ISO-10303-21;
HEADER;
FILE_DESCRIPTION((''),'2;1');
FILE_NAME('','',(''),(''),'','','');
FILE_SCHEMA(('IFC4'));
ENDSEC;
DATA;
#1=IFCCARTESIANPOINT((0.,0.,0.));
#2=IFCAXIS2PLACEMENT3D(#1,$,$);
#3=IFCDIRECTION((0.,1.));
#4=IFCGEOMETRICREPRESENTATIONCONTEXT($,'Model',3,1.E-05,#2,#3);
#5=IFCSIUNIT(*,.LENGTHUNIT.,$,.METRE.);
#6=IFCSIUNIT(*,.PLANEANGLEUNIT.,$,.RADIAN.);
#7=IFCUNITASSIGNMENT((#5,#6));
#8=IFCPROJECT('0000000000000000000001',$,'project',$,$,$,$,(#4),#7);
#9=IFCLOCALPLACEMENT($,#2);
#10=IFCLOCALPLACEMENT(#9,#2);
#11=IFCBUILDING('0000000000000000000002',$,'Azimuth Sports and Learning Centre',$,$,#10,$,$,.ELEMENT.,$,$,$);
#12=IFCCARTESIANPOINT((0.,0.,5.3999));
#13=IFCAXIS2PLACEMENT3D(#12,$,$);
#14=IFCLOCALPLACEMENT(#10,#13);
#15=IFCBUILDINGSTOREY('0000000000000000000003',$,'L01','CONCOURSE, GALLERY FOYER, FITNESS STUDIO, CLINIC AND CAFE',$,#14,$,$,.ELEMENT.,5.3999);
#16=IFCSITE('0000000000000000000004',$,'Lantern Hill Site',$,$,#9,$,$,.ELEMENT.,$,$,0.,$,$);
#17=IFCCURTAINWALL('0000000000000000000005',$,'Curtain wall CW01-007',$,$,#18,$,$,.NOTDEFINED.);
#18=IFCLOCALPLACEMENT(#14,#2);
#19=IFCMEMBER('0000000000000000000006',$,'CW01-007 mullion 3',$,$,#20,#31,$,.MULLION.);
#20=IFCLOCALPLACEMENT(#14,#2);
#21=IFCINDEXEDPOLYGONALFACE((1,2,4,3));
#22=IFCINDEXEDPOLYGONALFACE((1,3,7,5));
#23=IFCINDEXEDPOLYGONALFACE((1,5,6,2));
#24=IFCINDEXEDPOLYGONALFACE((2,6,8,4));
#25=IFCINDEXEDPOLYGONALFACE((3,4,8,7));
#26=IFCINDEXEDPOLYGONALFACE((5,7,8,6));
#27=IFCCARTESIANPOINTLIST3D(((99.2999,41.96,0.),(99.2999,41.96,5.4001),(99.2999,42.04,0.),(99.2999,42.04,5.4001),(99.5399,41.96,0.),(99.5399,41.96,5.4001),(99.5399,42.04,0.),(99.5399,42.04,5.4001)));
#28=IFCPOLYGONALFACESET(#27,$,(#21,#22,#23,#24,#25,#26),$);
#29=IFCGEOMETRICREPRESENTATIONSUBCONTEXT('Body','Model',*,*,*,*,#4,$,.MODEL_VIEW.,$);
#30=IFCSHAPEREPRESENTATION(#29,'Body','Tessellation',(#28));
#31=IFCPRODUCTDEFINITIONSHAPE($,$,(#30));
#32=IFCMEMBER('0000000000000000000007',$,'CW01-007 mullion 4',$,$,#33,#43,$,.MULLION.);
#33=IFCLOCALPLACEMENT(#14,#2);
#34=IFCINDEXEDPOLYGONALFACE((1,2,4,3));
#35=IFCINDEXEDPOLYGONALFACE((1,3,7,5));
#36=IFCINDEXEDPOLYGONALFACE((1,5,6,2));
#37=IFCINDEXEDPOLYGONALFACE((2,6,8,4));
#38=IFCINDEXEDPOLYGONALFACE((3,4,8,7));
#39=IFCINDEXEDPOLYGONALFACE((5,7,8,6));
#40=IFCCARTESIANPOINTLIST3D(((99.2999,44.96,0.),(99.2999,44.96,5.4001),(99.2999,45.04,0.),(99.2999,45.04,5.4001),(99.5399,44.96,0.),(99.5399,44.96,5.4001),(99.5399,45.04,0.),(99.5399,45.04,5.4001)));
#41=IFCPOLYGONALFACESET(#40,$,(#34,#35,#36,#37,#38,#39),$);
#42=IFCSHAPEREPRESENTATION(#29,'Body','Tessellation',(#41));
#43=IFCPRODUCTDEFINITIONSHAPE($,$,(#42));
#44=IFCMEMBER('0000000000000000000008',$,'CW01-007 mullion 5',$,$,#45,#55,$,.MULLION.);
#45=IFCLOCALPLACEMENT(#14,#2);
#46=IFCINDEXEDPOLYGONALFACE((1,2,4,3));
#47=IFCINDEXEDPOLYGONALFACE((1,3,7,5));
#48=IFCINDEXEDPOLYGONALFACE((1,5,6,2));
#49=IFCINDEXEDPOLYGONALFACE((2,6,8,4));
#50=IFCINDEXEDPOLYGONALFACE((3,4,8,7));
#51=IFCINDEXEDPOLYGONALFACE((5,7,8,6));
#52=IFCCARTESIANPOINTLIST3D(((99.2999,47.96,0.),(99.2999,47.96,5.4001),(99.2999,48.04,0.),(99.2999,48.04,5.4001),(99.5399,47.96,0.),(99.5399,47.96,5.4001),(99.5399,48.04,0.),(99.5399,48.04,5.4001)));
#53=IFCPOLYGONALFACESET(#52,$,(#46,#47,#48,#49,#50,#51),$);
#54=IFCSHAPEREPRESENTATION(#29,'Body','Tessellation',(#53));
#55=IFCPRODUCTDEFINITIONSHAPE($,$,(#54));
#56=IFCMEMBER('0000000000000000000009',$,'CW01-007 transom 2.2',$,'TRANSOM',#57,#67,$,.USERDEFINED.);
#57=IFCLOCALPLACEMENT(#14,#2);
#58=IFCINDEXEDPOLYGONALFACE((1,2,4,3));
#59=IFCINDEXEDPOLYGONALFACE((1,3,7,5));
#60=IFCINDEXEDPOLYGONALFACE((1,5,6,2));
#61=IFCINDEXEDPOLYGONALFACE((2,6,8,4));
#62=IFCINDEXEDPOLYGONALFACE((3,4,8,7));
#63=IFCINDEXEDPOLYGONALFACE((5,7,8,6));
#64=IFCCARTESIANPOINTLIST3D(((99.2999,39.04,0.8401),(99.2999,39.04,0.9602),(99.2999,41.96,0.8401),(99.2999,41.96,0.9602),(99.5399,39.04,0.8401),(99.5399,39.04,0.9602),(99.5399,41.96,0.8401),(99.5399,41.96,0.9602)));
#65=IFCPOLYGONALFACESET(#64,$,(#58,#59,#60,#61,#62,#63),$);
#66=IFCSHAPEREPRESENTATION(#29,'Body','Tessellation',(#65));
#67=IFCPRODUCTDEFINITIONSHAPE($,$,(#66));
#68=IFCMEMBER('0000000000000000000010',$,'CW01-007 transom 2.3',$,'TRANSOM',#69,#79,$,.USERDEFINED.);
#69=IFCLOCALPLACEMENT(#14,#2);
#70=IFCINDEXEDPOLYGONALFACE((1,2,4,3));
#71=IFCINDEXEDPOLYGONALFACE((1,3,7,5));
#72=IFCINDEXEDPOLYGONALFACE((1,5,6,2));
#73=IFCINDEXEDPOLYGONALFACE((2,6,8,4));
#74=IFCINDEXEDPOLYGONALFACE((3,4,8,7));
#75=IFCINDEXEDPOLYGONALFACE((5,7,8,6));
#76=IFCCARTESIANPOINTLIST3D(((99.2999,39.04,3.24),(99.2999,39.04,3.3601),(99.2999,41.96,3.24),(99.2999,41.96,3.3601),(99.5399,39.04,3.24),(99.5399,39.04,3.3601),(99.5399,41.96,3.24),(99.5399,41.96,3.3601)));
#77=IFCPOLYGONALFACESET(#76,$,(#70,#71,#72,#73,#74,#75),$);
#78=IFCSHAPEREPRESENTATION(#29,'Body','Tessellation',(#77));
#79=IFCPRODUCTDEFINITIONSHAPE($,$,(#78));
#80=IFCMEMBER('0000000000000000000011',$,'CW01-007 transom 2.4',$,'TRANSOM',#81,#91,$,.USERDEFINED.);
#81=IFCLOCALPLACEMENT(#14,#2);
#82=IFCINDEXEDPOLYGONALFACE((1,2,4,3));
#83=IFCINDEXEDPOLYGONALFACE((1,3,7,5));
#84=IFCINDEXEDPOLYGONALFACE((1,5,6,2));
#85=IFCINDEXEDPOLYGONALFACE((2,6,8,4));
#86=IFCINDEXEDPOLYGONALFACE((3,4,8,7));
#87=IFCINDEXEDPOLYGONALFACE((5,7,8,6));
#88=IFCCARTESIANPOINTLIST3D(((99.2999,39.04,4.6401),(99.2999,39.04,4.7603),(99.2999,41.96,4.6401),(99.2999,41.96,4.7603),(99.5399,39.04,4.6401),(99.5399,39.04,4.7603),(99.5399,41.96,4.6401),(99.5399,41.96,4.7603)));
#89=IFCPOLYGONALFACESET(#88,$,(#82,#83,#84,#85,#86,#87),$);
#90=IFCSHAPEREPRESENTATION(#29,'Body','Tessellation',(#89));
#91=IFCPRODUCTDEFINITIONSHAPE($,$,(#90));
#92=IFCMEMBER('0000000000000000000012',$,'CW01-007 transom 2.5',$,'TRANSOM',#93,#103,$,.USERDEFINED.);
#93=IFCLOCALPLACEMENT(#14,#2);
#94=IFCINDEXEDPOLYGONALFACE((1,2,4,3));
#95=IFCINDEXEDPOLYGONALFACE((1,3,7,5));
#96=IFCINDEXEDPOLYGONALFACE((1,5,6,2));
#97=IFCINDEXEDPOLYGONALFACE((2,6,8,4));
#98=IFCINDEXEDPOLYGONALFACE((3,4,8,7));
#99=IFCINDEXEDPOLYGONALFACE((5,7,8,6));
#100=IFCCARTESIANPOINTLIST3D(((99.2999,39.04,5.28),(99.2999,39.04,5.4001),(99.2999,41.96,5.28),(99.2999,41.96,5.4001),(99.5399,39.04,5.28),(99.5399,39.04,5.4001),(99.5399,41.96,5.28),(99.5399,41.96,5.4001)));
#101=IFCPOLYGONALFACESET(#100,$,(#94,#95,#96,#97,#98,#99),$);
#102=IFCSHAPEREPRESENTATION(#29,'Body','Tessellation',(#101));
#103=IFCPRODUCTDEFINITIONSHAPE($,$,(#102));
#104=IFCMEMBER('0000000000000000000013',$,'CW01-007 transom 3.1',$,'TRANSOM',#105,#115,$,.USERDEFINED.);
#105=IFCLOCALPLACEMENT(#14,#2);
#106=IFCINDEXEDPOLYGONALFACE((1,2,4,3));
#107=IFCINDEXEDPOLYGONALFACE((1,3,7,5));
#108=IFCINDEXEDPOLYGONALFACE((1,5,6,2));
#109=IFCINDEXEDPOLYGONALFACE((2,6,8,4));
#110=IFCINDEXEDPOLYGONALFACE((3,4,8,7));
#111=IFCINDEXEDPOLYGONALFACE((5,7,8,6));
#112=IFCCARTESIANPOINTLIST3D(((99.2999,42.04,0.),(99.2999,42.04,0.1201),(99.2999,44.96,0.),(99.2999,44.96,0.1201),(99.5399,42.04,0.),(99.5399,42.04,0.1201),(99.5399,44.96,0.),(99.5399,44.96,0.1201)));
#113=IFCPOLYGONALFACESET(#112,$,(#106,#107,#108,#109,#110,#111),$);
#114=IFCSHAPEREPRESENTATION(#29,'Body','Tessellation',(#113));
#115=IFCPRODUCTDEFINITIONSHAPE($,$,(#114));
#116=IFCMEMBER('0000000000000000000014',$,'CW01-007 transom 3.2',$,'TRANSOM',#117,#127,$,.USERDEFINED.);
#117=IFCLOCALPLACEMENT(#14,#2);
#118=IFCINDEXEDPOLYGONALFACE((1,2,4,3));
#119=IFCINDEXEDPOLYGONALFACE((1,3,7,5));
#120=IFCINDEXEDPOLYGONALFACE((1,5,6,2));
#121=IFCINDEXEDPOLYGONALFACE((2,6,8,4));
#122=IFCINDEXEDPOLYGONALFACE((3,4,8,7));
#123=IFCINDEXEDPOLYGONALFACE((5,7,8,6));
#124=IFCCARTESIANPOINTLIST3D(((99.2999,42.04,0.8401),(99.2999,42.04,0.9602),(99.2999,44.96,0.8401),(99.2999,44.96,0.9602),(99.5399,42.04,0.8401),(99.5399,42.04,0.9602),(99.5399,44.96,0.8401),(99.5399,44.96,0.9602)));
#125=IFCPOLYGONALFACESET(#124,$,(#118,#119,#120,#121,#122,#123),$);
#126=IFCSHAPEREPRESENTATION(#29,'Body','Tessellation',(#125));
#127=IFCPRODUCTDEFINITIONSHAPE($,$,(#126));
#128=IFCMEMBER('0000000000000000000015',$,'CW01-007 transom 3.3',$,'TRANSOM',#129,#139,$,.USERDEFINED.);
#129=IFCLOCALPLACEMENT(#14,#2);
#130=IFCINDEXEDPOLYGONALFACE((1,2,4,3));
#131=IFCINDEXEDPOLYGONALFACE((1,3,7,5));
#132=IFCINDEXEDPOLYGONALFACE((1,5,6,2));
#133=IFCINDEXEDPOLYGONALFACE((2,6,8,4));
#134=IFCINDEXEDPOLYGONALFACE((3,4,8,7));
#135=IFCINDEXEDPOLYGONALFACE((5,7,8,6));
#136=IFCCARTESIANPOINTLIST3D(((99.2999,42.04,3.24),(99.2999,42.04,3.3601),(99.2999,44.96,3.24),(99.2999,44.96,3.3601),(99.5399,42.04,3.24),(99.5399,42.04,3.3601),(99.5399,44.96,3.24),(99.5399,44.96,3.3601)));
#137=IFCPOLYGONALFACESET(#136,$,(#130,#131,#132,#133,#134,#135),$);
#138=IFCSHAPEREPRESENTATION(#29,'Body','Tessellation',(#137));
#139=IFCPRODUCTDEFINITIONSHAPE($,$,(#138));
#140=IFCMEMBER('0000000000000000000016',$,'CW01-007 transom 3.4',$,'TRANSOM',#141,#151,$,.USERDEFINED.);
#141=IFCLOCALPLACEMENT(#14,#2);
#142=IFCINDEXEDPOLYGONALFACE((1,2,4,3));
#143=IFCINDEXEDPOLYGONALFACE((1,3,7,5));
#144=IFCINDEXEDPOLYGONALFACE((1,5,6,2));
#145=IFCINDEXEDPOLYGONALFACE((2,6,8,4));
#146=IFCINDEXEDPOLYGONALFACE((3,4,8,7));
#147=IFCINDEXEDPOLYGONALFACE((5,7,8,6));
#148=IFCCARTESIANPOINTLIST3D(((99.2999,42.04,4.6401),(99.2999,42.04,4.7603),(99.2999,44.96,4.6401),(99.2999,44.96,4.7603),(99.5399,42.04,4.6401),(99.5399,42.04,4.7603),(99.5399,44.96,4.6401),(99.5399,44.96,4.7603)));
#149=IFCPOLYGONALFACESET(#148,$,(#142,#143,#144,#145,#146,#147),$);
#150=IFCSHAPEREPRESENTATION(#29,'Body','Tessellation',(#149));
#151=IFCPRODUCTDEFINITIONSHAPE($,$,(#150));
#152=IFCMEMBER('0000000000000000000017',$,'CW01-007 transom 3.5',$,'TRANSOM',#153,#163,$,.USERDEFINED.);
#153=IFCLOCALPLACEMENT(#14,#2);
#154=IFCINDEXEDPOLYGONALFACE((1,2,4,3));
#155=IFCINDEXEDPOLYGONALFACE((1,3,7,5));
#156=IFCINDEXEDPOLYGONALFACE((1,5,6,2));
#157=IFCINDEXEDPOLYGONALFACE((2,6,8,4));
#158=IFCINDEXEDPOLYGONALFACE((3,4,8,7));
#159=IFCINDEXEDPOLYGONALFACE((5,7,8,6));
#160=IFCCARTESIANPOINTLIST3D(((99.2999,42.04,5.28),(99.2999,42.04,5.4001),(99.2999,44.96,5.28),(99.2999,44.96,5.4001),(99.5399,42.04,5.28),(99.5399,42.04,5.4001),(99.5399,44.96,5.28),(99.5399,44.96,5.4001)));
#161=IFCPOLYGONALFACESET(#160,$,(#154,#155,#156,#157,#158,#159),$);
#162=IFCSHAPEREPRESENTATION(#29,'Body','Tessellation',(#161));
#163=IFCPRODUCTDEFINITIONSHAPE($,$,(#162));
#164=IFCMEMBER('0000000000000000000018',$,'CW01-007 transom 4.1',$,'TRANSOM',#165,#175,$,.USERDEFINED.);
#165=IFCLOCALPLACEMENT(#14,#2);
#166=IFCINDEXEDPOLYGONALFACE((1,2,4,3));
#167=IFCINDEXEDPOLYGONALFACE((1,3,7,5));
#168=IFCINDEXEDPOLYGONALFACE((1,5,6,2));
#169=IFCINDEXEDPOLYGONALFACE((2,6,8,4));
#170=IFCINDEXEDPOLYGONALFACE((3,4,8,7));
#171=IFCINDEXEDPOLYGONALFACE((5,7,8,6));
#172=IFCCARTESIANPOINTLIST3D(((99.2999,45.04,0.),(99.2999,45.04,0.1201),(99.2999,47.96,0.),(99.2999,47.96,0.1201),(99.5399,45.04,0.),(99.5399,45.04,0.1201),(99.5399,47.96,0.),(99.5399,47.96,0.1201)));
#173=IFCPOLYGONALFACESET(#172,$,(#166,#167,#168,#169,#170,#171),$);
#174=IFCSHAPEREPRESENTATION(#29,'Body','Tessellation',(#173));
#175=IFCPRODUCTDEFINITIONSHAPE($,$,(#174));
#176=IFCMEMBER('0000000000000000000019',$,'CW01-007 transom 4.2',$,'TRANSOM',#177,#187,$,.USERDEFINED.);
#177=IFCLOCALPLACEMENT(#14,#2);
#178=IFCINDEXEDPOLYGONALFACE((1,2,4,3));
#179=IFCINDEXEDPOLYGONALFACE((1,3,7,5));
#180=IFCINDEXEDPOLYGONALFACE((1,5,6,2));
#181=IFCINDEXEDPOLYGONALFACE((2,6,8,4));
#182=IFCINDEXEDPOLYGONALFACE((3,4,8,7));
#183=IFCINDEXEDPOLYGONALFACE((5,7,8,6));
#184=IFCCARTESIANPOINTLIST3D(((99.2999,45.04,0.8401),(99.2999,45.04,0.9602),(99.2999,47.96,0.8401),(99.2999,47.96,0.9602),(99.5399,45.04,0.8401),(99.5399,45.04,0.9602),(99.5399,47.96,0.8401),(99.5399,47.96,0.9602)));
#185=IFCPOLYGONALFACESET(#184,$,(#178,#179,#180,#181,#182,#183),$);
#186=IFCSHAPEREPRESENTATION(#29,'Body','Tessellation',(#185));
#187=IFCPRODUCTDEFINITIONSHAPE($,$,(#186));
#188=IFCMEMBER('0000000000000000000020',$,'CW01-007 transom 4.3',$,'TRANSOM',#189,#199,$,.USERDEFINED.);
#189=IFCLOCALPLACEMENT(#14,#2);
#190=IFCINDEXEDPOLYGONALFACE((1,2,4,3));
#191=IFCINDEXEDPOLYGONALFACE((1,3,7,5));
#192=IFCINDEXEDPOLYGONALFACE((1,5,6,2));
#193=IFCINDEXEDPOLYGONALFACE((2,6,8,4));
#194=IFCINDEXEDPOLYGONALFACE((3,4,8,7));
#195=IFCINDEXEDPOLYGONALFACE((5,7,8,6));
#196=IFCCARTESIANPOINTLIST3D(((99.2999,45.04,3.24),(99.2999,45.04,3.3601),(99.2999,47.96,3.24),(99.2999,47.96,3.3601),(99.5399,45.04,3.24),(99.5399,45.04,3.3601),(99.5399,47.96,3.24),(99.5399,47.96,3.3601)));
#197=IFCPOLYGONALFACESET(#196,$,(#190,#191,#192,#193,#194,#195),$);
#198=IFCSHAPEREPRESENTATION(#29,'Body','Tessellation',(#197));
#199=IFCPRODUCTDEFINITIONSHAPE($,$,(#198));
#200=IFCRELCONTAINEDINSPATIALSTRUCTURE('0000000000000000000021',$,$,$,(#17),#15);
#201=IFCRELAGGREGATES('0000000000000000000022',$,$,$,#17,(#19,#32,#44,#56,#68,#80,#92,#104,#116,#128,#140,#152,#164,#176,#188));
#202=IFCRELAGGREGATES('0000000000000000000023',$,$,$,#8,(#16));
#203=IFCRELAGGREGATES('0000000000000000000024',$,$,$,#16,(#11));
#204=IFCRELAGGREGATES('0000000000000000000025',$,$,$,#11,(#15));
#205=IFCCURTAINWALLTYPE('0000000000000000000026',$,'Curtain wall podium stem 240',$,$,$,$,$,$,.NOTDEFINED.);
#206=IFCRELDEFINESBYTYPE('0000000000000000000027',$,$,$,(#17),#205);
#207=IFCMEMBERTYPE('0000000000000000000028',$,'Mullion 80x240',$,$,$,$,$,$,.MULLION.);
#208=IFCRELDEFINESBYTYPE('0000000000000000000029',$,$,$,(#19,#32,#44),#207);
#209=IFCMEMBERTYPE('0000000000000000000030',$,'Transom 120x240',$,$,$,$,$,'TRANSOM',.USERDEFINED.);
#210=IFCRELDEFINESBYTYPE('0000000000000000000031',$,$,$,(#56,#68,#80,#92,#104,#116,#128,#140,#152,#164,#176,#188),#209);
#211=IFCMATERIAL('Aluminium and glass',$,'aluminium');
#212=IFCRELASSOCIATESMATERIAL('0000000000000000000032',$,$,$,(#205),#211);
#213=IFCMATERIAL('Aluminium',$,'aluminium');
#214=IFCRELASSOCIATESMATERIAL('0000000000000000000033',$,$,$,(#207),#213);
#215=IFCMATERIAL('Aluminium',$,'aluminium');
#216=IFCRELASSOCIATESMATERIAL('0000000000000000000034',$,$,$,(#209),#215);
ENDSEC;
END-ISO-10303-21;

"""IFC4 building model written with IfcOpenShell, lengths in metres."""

from ifc_helpers import new_model, si_unit, direction, frame, origin, origin_2d, place, context, subcontext, project, spatial, rectangle, extrude, material, material_profile, profile_set, type_object, element, aggregate, save


model = new_model("IFC4")

# Units and contexts
model_context = context("Model", 3, precision=1e-05, world=origin(), true_north=direction((0.0, 1.0)))
body_context = subcontext(model_context, "Body", "Model", "MODEL_VIEW")
ifc_project = project(units=[si_unit("LENGTHUNIT", "METRE"), si_unit("PLANEANGLEUNIT", "RADIAN")], contexts=[model_context])

# Site, building, storey
site_placement = place(None, origin())
site = spatial("IfcSite", under=ifc_project, at=site_placement, Name="Lantern Hill Site", CompositionType="ELEMENT", RefElevation=0.0)
building_placement = place(site_placement, origin())
building = spatial("IfcBuilding", under=site, at=building_placement, Name="Azimuth Sports and Learning Centre", CompositionType="ELEMENT")
storey_placement = place(building_placement, frame((0.0, 0.0, 5.3999)))
storey = spatial("IfcBuildingStorey", under=building, at=storey_placement, Name="L01", Description="CONCOURSE, GALLERY FOYER, FITNESS STUDIO, CLINIC AND CAFE", CompositionType="ELEMENT", Elevation=5.3999)

# Curtain wall, members
ifc_material_1 = material(Name="Aluminium and glass", Category="aluminium")
curtain_wall_type = type_object("IfcCurtainWallType", Name="Curtain wall podium stem 240", PredefinedType="NOTDEFINED", material=ifc_material_1)
curtain_wall_placement = place(storey_placement, origin())
curtain_wall = element("IfcCurtainWall", 1, at=curtain_wall_placement, inside=storey, type_object=curtain_wall_type, Name="Curtain wall CW01-007", PredefinedType="NOTDEFINED")
ifc_material_2 = material(Name="Aluminium", Category="aluminium")
ifc_material_profile_1 = material_profile(ifc_material_2, rectangle(XDim=0.24, YDim=0.0801, at=origin_2d()), Name="Mullion 80x240")
ifc_profile_set_1 = profile_set([ifc_material_profile_1], Name="Aluminium")
member_type_1 = type_object("IfcMemberType", Name="Mullion 80x240", PredefinedType="MULLION", material=ifc_profile_set_1)
member_1_placement = place(storey_placement, frame((99.4199, 42.0, 0.0), z_axis=(0.0, 0.0, 1.0), x_axis=(-1.0, 0.0, 0.0)))
member_1 = element("IfcMember", 2, at=member_1_placement, type_object=member_type_1, Name="CW01-007 mullion 3", PredefinedType="MULLION", context=body_context, shape_type="SweptSolid", body=[
    extrude(rectangle(XDim=0.24, YDim=0.0801, at=origin_2d()), origin(), (0.0, 0.0, 1.0), 5.4001),
])
member_2_placement = place(storey_placement, frame((99.4199, 45.0, 0.0), z_axis=(0.0, 0.0, 1.0), x_axis=(-1.0, 0.0, 0.0)))
member_2 = element("IfcMember", 3, at=member_2_placement, type_object=member_type_1, Name="CW01-007 mullion 4", PredefinedType="MULLION", context=body_context, shape_type="SweptSolid", body=[
    extrude(rectangle(XDim=0.24, YDim=0.0801, at=origin_2d()), origin(), (0.0, 0.0, 1.0), 5.4001),
])
member_3_placement = place(storey_placement, frame((99.4199, 48.0, 0.0), z_axis=(0.0, 0.0, 1.0), x_axis=(-1.0, 0.0, 0.0)))
member_3 = element("IfcMember", 4, at=member_3_placement, type_object=member_type_1, Name="CW01-007 mullion 5", PredefinedType="MULLION", context=body_context, shape_type="SweptSolid", body=[
    extrude(rectangle(XDim=0.24, YDim=0.0801, at=origin_2d()), origin(), (0.0, 0.0, 1.0), 5.4001),
])
ifc_material_3 = material(Name="Aluminium", Category="aluminium")
ifc_material_profile_2 = material_profile(ifc_material_3, rectangle(XDim=0.24, YDim=0.1201, at=origin_2d()), Name="Transom 120x240")
ifc_profile_set_2 = profile_set([ifc_material_profile_2], Name="Aluminium")
member_type_2 = type_object("IfcMemberType", Name="Transom 120x240", ElementType="TRANSOM", PredefinedType="USERDEFINED", material=ifc_profile_set_2)
member_4_placement = place(storey_placement, frame((99.4199, 39.04, 0.9001), z_axis=(0.0, 1.0, 0.0), x_axis=(-1.0, 0.0, 0.0)))
member_4 = element("IfcMember", 5, at=member_4_placement, type_object=member_type_2, Name="CW01-007 transom 2.2", ObjectType="TRANSOM", PredefinedType="USERDEFINED", context=body_context, shape_type="SweptSolid", body=[
    extrude(rectangle(XDim=0.24, YDim=0.1201, at=origin_2d()), origin(), (0.0, 0.0, 1.0), 2.9199),
])
member_5_placement = place(storey_placement, frame((99.4199, 39.04, 3.3), z_axis=(0.0, 1.0, 0.0), x_axis=(-1.0, 0.0, 0.0)))
member_5 = element("IfcMember", 6, at=member_5_placement, type_object=member_type_2, Name="CW01-007 transom 2.3", ObjectType="TRANSOM", PredefinedType="USERDEFINED", context=body_context, shape_type="SweptSolid", body=[
    extrude(rectangle(XDim=0.24, YDim=0.1201, at=origin_2d()), origin(), (0.0, 0.0, 1.0), 2.9199),
])
member_6_placement = place(storey_placement, frame((99.4199, 39.04, 4.7002), z_axis=(0.0, 1.0, 0.0), x_axis=(-1.0, 0.0, 0.0)))
member_6 = element("IfcMember", 7, at=member_6_placement, type_object=member_type_2, Name="CW01-007 transom 2.4", ObjectType="TRANSOM", PredefinedType="USERDEFINED", context=body_context, shape_type="SweptSolid", body=[
    extrude(rectangle(XDim=0.24, YDim=0.1201, at=origin_2d()), origin(), (0.0, 0.0, 1.0), 2.9199),
])
member_7_placement = place(storey_placement, frame((99.4199, 39.04, 5.3401), z_axis=(0.0, 1.0, 0.0), x_axis=(-1.0, 0.0, 0.0)))
member_7 = element("IfcMember", 8, at=member_7_placement, type_object=member_type_2, Name="CW01-007 transom 2.5", ObjectType="TRANSOM", PredefinedType="USERDEFINED", context=body_context, shape_type="SweptSolid", body=[
    extrude(rectangle(XDim=0.24, YDim=0.1201, at=origin_2d()), origin(), (0.0, 0.0, 1.0), 2.9199),
])
member_8_placement = place(storey_placement, frame((99.4199, 42.04, 0.0601), z_axis=(0.0, 1.0, 0.0), x_axis=(-1.0, 0.0, 0.0)))
member_8 = element("IfcMember", 9, at=member_8_placement, type_object=member_type_2, Name="CW01-007 transom 3.1", ObjectType="TRANSOM", PredefinedType="USERDEFINED", context=body_context, shape_type="SweptSolid", body=[
    extrude(rectangle(XDim=0.24, YDim=0.1201, at=origin_2d()), origin(), (0.0, 0.0, 1.0), 2.9199),
])
member_9_placement = place(storey_placement, frame((99.4199, 42.04, 0.9001), z_axis=(0.0, 1.0, 0.0), x_axis=(-1.0, 0.0, 0.0)))
member_9 = element("IfcMember", 10, at=member_9_placement, type_object=member_type_2, Name="CW01-007 transom 3.2", ObjectType="TRANSOM", PredefinedType="USERDEFINED", context=body_context, shape_type="SweptSolid", body=[
    extrude(rectangle(XDim=0.24, YDim=0.1201, at=origin_2d()), origin(), (0.0, 0.0, 1.0), 2.9199),
])
member_10_placement = place(storey_placement, frame((99.4199, 42.04, 3.3), z_axis=(0.0, 1.0, 0.0), x_axis=(-1.0, 0.0, 0.0)))
member_10 = element("IfcMember", 11, at=member_10_placement, type_object=member_type_2, Name="CW01-007 transom 3.3", ObjectType="TRANSOM", PredefinedType="USERDEFINED", context=body_context, shape_type="SweptSolid", body=[
    extrude(rectangle(XDim=0.24, YDim=0.1201, at=origin_2d()), origin(), (0.0, 0.0, 1.0), 2.9199),
])
member_11_placement = place(storey_placement, frame((99.4199, 42.04, 4.7002), z_axis=(0.0, 1.0, 0.0), x_axis=(-1.0, 0.0, 0.0)))
member_11 = element("IfcMember", 12, at=member_11_placement, type_object=member_type_2, Name="CW01-007 transom 3.4", ObjectType="TRANSOM", PredefinedType="USERDEFINED", context=body_context, shape_type="SweptSolid", body=[
    extrude(rectangle(XDim=0.24, YDim=0.1201, at=origin_2d()), origin(), (0.0, 0.0, 1.0), 2.9199),
])
member_12_placement = place(storey_placement, frame((99.4199, 42.04, 5.3401), z_axis=(0.0, 1.0, 0.0), x_axis=(-1.0, 0.0, 0.0)))
member_12 = element("IfcMember", 13, at=member_12_placement, type_object=member_type_2, Name="CW01-007 transom 3.5", ObjectType="TRANSOM", PredefinedType="USERDEFINED", context=body_context, shape_type="SweptSolid", body=[
    extrude(rectangle(XDim=0.24, YDim=0.1201, at=origin_2d()), origin(), (0.0, 0.0, 1.0), 2.9199),
])
member_13_placement = place(storey_placement, frame((99.4199, 45.04, 0.0601), z_axis=(0.0, 1.0, 0.0), x_axis=(-1.0, 0.0, 0.0)))
member_13 = element("IfcMember", 14, at=member_13_placement, type_object=member_type_2, Name="CW01-007 transom 4.1", ObjectType="TRANSOM", PredefinedType="USERDEFINED", context=body_context, shape_type="SweptSolid", body=[
    extrude(rectangle(XDim=0.24, YDim=0.1201, at=origin_2d()), origin(), (0.0, 0.0, 1.0), 2.9199),
])
member_14_placement = place(storey_placement, frame((99.4199, 45.04, 0.9001), z_axis=(0.0, 1.0, 0.0), x_axis=(-1.0, 0.0, 0.0)))
member_14 = element("IfcMember", 15, at=member_14_placement, type_object=member_type_2, Name="CW01-007 transom 4.2", ObjectType="TRANSOM", PredefinedType="USERDEFINED", context=body_context, shape_type="SweptSolid", body=[
    extrude(rectangle(XDim=0.24, YDim=0.1201, at=origin_2d()), origin(), (0.0, 0.0, 1.0), 2.9199),
])
member_15_placement = place(storey_placement, frame((99.4199, 45.04, 3.3), z_axis=(0.0, 1.0, 0.0), x_axis=(-1.0, 0.0, 0.0)))
member_15 = element("IfcMember", 16, at=member_15_placement, type_object=member_type_2, Name="CW01-007 transom 4.3", ObjectType="TRANSOM", PredefinedType="USERDEFINED", context=body_context, shape_type="SweptSolid", body=[
    extrude(rectangle(XDim=0.24, YDim=0.1201, at=origin_2d()), origin(), (0.0, 0.0, 1.0), 2.9199),
])
aggregate(curtain_wall, [member_1, member_2, member_3, member_4, member_5, member_6, member_7, member_8, member_9, member_10, member_11, member_12, member_13, member_14, member_15])

save(model, "model.ifc")
